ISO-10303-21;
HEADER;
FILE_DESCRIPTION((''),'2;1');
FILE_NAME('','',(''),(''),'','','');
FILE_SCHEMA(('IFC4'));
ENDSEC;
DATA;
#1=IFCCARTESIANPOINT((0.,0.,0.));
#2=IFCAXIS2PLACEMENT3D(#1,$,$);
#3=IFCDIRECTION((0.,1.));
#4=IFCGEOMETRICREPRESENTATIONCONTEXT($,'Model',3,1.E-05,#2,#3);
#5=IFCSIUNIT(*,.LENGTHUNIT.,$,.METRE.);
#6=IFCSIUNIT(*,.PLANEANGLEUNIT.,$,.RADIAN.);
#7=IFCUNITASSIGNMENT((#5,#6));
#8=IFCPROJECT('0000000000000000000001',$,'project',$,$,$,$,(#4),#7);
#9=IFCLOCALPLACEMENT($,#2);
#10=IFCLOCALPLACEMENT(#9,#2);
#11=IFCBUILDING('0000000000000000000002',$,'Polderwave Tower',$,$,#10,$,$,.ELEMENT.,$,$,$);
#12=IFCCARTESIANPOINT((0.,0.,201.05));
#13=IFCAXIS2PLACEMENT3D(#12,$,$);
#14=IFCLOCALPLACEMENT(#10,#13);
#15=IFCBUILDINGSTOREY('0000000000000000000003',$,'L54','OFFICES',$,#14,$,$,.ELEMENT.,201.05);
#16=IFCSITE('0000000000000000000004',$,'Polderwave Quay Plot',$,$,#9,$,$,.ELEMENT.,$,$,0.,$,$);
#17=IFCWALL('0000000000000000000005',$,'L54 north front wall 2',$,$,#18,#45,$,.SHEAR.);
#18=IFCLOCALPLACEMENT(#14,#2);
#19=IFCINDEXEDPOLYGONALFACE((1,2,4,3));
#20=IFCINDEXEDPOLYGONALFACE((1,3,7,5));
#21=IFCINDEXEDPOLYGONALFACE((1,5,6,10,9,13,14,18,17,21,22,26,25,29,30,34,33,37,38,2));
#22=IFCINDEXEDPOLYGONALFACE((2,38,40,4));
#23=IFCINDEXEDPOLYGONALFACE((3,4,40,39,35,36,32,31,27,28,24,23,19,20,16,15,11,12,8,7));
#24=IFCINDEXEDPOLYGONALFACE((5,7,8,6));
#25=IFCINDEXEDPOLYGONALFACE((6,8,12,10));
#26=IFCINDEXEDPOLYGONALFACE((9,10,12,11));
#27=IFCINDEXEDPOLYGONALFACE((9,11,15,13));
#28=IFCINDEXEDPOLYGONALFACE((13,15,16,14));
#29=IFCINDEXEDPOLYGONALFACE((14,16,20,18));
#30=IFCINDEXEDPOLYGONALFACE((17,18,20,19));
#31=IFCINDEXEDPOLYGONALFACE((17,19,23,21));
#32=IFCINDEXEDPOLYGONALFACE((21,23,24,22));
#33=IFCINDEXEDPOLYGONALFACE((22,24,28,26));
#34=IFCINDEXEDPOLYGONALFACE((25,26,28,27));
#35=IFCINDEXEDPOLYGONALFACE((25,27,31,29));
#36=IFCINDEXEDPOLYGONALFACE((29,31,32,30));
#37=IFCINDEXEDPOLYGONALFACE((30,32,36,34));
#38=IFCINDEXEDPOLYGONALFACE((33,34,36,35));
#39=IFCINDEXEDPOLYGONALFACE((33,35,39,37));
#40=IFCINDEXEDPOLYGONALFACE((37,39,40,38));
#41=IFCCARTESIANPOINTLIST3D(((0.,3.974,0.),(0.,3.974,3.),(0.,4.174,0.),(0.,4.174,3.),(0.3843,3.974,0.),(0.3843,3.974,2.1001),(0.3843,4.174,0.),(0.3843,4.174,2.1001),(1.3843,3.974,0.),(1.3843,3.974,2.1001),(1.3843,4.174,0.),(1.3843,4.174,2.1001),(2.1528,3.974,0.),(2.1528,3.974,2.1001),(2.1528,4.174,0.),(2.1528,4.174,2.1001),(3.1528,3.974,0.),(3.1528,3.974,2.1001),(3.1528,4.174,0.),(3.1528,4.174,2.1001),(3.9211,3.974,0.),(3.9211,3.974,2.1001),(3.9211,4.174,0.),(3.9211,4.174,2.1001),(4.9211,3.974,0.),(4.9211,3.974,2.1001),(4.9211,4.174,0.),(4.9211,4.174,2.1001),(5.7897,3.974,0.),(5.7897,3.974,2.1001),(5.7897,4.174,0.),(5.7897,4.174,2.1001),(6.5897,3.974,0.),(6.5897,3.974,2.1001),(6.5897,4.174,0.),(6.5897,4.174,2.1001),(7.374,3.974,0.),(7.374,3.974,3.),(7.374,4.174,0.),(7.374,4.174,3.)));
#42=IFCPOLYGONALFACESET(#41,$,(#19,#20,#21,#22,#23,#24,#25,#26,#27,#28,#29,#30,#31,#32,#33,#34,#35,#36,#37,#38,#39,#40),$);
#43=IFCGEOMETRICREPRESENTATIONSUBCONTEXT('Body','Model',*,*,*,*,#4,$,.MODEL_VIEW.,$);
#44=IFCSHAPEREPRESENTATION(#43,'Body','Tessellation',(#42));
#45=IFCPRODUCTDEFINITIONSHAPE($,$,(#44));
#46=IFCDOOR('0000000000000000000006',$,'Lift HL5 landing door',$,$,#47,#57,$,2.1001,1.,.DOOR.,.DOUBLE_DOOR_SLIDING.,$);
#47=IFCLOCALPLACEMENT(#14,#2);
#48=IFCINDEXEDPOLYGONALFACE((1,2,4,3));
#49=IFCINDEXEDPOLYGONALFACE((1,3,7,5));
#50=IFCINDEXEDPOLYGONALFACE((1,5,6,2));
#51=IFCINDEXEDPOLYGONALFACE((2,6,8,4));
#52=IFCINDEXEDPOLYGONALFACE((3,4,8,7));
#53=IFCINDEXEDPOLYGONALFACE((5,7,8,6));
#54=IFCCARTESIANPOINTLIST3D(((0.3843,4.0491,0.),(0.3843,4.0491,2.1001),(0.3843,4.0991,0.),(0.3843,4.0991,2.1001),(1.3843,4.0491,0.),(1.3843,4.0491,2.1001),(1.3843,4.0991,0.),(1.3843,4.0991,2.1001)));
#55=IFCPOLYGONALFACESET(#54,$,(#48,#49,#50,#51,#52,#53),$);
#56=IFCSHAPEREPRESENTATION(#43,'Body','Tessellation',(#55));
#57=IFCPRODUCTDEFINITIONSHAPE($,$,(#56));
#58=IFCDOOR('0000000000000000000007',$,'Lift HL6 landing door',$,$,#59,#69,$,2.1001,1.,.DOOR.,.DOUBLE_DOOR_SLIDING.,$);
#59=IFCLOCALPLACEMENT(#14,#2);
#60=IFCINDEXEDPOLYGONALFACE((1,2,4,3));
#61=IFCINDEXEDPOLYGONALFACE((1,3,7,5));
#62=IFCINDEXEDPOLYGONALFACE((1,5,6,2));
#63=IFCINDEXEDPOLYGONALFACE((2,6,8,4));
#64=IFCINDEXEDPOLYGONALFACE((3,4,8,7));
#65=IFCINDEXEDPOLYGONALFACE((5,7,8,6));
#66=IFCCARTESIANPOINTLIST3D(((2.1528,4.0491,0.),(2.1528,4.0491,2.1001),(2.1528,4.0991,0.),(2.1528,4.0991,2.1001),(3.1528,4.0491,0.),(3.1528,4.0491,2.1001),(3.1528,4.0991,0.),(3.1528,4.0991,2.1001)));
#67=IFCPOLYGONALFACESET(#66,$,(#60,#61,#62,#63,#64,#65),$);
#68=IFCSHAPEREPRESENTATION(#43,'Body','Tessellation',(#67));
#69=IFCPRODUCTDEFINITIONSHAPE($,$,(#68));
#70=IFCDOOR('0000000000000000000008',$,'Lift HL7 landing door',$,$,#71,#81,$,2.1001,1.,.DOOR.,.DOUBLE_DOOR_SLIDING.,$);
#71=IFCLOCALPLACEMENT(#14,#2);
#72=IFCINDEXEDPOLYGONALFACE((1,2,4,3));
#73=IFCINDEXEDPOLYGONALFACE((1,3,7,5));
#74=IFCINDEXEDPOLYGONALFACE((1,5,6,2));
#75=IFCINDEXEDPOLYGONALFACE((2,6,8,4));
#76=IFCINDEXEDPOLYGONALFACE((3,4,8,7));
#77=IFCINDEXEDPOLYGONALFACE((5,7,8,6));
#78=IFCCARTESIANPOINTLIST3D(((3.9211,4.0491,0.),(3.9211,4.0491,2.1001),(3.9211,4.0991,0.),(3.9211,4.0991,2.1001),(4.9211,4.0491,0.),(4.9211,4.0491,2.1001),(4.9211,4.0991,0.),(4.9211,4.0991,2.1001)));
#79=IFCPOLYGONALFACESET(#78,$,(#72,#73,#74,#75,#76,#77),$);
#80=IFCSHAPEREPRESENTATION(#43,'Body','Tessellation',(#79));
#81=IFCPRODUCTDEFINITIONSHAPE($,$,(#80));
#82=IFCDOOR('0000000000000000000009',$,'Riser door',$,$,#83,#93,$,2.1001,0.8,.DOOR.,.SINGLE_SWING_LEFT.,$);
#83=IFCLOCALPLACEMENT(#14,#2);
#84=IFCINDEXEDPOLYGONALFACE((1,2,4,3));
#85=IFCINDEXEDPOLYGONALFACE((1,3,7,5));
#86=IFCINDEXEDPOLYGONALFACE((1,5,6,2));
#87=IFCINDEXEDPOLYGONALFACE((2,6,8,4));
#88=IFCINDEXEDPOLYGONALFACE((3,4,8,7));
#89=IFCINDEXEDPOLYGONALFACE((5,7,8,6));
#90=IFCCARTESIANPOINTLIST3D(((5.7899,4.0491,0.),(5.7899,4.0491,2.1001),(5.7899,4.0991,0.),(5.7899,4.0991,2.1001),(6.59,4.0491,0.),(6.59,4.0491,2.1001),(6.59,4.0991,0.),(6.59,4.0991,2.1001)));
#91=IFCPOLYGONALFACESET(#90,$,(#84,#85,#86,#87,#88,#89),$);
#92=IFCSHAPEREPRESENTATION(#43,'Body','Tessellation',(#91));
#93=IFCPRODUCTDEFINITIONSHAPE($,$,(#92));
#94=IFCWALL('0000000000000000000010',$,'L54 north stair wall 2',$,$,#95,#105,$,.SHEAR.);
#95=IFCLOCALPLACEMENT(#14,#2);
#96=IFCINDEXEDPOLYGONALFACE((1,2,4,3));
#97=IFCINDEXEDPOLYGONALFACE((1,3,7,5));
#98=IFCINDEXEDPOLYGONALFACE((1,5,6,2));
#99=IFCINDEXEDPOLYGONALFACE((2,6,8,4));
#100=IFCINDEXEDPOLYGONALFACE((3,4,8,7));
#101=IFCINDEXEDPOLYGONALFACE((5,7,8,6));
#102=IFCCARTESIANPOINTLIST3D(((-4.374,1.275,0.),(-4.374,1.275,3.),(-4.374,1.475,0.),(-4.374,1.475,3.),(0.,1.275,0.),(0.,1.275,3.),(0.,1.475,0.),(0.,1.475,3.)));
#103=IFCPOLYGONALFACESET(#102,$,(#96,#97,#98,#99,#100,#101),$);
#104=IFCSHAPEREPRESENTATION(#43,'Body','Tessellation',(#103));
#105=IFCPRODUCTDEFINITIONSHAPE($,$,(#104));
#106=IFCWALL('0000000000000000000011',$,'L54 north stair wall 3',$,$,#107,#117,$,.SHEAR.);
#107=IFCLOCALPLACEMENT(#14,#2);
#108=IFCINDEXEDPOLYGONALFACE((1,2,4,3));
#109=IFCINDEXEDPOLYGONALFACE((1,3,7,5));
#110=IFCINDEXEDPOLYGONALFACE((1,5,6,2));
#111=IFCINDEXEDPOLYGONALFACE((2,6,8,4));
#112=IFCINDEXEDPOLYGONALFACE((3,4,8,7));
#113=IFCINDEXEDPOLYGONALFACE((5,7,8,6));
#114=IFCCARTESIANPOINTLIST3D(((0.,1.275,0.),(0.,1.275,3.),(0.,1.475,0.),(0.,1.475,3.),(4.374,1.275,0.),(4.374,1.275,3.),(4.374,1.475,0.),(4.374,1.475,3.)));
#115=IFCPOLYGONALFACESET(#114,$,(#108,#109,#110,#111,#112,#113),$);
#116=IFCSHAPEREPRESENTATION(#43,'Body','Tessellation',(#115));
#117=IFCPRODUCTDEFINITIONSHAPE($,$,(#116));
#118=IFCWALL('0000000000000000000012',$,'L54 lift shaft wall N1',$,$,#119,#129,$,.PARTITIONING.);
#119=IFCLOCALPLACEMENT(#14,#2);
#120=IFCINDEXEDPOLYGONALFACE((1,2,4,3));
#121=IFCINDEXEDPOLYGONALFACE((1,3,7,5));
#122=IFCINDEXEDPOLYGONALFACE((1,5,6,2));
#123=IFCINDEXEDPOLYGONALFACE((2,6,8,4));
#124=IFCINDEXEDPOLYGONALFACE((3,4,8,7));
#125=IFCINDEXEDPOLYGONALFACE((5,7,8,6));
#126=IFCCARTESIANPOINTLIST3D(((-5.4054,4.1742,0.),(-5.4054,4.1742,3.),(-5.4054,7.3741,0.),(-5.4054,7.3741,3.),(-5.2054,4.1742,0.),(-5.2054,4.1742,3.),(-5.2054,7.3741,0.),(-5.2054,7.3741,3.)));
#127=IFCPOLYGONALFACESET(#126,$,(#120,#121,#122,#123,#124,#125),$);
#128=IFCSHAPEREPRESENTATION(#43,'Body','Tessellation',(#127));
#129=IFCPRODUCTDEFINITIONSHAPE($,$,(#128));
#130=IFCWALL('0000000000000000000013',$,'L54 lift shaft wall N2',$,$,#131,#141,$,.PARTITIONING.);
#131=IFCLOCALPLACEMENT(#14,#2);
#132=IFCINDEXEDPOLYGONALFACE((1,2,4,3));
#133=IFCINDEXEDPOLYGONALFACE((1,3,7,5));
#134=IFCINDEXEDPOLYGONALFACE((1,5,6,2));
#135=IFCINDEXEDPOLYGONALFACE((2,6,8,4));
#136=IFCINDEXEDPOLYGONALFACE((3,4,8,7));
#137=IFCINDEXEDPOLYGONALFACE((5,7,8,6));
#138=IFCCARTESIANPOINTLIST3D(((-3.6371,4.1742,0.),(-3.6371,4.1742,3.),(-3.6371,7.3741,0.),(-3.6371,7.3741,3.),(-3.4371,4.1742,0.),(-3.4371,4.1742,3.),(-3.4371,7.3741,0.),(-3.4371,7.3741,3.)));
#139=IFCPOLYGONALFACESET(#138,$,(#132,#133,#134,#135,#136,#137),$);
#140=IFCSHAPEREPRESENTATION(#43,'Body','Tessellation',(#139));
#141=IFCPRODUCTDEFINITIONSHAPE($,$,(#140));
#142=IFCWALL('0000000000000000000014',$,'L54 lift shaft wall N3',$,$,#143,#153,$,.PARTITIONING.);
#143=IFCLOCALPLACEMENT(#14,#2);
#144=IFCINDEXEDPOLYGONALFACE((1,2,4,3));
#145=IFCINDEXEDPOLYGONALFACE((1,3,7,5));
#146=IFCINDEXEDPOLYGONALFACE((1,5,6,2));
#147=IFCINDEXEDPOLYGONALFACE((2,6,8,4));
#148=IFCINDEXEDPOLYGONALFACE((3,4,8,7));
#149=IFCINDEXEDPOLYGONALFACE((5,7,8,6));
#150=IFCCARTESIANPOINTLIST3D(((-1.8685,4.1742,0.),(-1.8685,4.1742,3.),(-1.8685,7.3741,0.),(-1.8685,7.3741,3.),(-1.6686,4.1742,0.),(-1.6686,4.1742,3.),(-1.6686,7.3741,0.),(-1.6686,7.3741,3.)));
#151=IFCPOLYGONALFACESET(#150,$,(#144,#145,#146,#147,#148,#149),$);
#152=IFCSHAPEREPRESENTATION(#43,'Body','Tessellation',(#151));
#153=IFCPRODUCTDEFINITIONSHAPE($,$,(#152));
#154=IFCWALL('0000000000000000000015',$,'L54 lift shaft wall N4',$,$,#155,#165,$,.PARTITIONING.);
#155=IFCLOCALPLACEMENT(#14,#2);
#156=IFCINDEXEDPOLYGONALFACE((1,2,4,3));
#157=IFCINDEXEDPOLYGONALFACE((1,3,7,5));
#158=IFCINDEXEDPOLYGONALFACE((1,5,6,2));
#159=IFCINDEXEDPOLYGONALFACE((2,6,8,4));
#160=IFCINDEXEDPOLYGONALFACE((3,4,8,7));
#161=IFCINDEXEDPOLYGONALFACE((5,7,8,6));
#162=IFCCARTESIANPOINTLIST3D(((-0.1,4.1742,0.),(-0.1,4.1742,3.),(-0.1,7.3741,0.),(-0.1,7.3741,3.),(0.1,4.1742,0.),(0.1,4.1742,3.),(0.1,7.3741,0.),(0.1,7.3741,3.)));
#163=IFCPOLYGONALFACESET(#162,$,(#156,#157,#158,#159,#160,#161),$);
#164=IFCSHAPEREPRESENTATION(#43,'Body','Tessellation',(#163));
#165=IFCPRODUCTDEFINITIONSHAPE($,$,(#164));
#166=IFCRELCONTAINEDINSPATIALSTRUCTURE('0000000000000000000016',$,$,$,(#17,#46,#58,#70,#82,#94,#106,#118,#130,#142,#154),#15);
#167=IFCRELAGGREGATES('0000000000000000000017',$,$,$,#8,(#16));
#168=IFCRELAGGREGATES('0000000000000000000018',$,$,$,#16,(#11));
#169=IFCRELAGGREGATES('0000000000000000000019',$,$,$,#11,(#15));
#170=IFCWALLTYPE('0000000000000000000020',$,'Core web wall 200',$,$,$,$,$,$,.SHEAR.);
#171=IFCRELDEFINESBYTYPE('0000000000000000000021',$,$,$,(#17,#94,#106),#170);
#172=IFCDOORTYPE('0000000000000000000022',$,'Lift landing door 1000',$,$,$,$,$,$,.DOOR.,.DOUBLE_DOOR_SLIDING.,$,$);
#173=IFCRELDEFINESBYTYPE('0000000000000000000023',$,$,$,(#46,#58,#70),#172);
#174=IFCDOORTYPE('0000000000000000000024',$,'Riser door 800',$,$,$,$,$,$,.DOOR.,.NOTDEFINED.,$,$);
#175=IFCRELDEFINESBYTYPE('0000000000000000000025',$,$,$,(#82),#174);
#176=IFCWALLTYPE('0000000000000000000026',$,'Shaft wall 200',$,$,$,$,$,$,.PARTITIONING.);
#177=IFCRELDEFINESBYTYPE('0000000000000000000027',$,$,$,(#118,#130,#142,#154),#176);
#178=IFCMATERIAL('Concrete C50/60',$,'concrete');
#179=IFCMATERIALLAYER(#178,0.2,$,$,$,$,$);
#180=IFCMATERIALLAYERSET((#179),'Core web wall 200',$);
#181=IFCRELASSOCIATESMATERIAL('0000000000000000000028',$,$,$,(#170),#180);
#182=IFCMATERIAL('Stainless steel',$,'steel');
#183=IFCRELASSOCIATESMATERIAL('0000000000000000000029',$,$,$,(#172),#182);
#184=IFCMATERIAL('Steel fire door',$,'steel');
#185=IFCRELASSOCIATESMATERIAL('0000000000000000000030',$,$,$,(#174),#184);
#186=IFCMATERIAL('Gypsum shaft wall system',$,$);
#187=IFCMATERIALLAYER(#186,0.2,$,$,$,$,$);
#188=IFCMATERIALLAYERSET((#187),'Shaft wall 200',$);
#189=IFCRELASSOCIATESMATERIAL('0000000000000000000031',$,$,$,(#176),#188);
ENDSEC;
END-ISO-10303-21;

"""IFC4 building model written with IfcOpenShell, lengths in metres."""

from ifc_helpers import new_model, si_unit, direction, frame, frame_2d, origin, place, context, subcontext, project, spatial, rectangle, extrude, material, layer, layer_set, type_object, element, fill, save


model = new_model("IFC4")

# Units and contexts
model_context = context("Model", 3, precision=1e-05, world=origin(), true_north=direction((0.0, 1.0)))
body_context = subcontext(model_context, "Body", "Model", "MODEL_VIEW")
ifc_project = project(units=[si_unit("LENGTHUNIT", "METRE"), si_unit("PLANEANGLEUNIT", "RADIAN")], contexts=[model_context])

# Site, building, storey
site_placement = place(None, origin())
site = spatial("IfcSite", under=ifc_project, at=site_placement, Name="Polderwave Quay Plot", CompositionType="ELEMENT", RefElevation=0.0)
building_placement = place(site_placement, origin())
building = spatial("IfcBuilding", under=site, at=building_placement, Name="Polderwave Tower", CompositionType="ELEMENT")
storey_placement = place(building_placement, frame((0.0, 0.0, 201.05)))
storey = spatial("IfcBuildingStorey", under=building, at=storey_placement, Name="L54", Description="OFFICES", CompositionType="ELEMENT", Elevation=201.05)

# Wall, openings, doors
ifc_material_1 = material(Name="Concrete C50/60", Category="concrete")
ifc_layer_1 = layer(ifc_material_1, 0.2)
ifc_layer_set_1 = layer_set([ifc_layer_1], Name="Core web wall 200")
wall_type_1 = type_object("IfcWallType", Name="Core web wall 200", PredefinedType="SHEAR", material=ifc_layer_set_1)
wall_placement = place(storey_placement, frame((0.0, 4.074, 0.0), z_axis=(0.0, 0.0, 1.0), x_axis=(1.0, 0.0, 0.0)))
wall = element("IfcWall", 1, at=wall_placement, inside=storey, type_object=wall_type_1, Name="L54 north front wall 2", PredefinedType="SHEAR", context=body_context, shape_type="SweptSolid", body=[
    extrude(rectangle(XDim=7.374, YDim=0.2, at=frame_2d((3.687, 0.0))), origin(), (0.0, 0.0, 1.0), 3.0),
])
opening_1_placement = place(wall_placement, frame((0.3843, 0.0, 0.0)))
opening_1 = element("IfcOpeningElement", 2, at=opening_1_placement, cuts=wall, PredefinedType="OPENING", context=body_context, shape_type="SweptSolid", body=[
    extrude(rectangle(XDim=1.0, YDim=2.1001, at=frame_2d((0.5, 1.05))), frame((0.0, 0.1099, 0.0), z_axis=(0.0, -1.0, 0.0), x_axis=(1.0, 0.0, 0.0)), (0.0, 0.0, 1.0), 0.22),
])
opening_2_placement = place(wall_placement, frame((2.1528, 0.0, 0.0)))
opening_2 = element("IfcOpeningElement", 3, at=opening_2_placement, cuts=wall, PredefinedType="OPENING", context=body_context, shape_type="SweptSolid", body=[
    extrude(rectangle(XDim=1.0, YDim=2.1001, at=frame_2d((0.5, 1.05))), frame((0.0, 0.1099, 0.0), z_axis=(0.0, -1.0, 0.0), x_axis=(1.0, 0.0, 0.0)), (0.0, 0.0, 1.0), 0.22),
])
opening_3_placement = place(wall_placement, frame((3.9211, 0.0, 0.0)))
opening_3 = element("IfcOpeningElement", 4, at=opening_3_placement, cuts=wall, PredefinedType="OPENING", context=body_context, shape_type="SweptSolid", body=[
    extrude(rectangle(XDim=1.0, YDim=2.1001, at=frame_2d((0.5, 1.05))), frame((0.0, 0.1099, 0.0), z_axis=(0.0, -1.0, 0.0), x_axis=(1.0, 0.0, 0.0)), (0.0, 0.0, 1.0), 0.22),
])
opening_4_placement = place(wall_placement, frame((5.7898, 0.0, 0.0)))
opening_4 = element("IfcOpeningElement", 5, at=opening_4_placement, cuts=wall, PredefinedType="OPENING", context=body_context, shape_type="SweptSolid", body=[
    extrude(rectangle(XDim=0.8, YDim=2.1001, at=frame_2d((0.3999, 1.05))), frame((0.0, 0.1099, 0.0), z_axis=(0.0, -1.0, 0.0), x_axis=(1.0, 0.0, 0.0)), (0.0, 0.0, 1.0), 0.22),
])
ifc_material_2 = material(Name="Stainless steel", Category="steel")
door_type_1 = type_object("IfcDoorType", Name="Lift landing door 1000", OperationType="DOUBLE_DOOR_SLIDING", PredefinedType="DOOR", material=ifc_material_2)
door_1_placement = place(opening_1_placement, frame((1.0, 0.0, 0.0), z_axis=(0.0, 0.0, 1.0), x_axis=(-1.0, 0.0, 0.0)))
door_1 = element("IfcDoor", 6, at=door_1_placement, inside=storey, type_object=door_type_1, Name="Lift HL5 landing door", OperationType="DOUBLE_DOOR_SLIDING", OverallHeight=2.1001, OverallWidth=1.0, PredefinedType="DOOR", context=body_context, shape_type="SweptSolid", body=[
    extrude(rectangle(XDim=1.0, YDim=2.1001, at=frame_2d((0.5, 1.05))), frame((0.0, 0.0249, 0.0), z_axis=(0.0, -1.0, 0.0), x_axis=(1.0, 0.0, 0.0)), (0.0, 0.0, 1.0), 0.05),
])
fill(opening_1, door_1)
door_2_placement = place(opening_2_placement, frame((1.0, 0.0, 0.0), z_axis=(0.0, 0.0, 1.0), x_axis=(-1.0, 0.0, 0.0)))
door_2 = element("IfcDoor", 7, at=door_2_placement, inside=storey, type_object=door_type_1, Name="Lift HL6 landing door", OperationType="DOUBLE_DOOR_SLIDING", OverallHeight=2.1001, OverallWidth=1.0, PredefinedType="DOOR", context=body_context, shape_type="SweptSolid", body=[
    extrude(rectangle(XDim=1.0, YDim=2.1001, at=frame_2d((0.5, 1.05))), frame((0.0, 0.0249, 0.0), z_axis=(0.0, -1.0, 0.0), x_axis=(1.0, 0.0, 0.0)), (0.0, 0.0, 1.0), 0.05),
])
fill(opening_2, door_2)
door_3_placement = place(opening_3_placement, frame((1.0, 0.0, 0.0), z_axis=(0.0, 0.0, 1.0), x_axis=(-1.0, 0.0, 0.0)))
door_3 = element("IfcDoor", 8, at=door_3_placement, inside=storey, type_object=door_type_1, Name="Lift HL7 landing door", OperationType="DOUBLE_DOOR_SLIDING", OverallHeight=2.1001, OverallWidth=1.0, PredefinedType="DOOR", context=body_context, shape_type="SweptSolid", body=[
    extrude(rectangle(XDim=1.0, YDim=2.1001, at=frame_2d((0.5, 1.05))), frame((0.0, 0.0249, 0.0), z_axis=(0.0, -1.0, 0.0), x_axis=(1.0, 0.0, 0.0)), (0.0, 0.0, 1.0), 0.05),
])
fill(opening_3, door_3)
ifc_material_3 = material(Name="Steel fire door", Category="steel")
door_type_2 = type_object("IfcDoorType", Name="Riser door 800", OperationType="NOTDEFINED", PredefinedType="DOOR", material=ifc_material_3)
door_4_placement = place(opening_4_placement, frame((0.8, 0.0, 0.0), z_axis=(0.0, 0.0, 1.0), x_axis=(-1.0, 0.0, 0.0)))
door_4 = element("IfcDoor", 9, at=door_4_placement, inside=storey, type_object=door_type_2, Name="Riser door", OperationType="SINGLE_SWING_LEFT", OverallHeight=2.1001, OverallWidth=0.8, PredefinedType="DOOR", context=body_context, shape_type="SweptSolid", body=[
    extrude(rectangle(XDim=0.8, YDim=2.1001, at=frame_2d((0.3999, 1.05))), frame((0.0, 0.0249, 0.0), z_axis=(0.0, -1.0, 0.0), x_axis=(1.0, 0.0, 0.0)), (0.0, 0.0, 1.0), 0.05),
])
fill(opening_4, door_4)

# Walls
for number, where, z_axis, x_axis, name in (
    (10, (-4.374, 1.375, 0.0), (0.0, 0.0, 1.0), (1.0, 0.0, 0.0), "L54 north stair wall 2"),
    (11, (0.0, 1.375, 0.0), (0.0, 0.0, 1.0), (1.0, 0.0, 0.0), "L54 north stair wall 3"),
):
    element("IfcWall", number, at=place(storey_placement, frame(where, z_axis=z_axis, x_axis=x_axis)), inside=storey, type_object=wall_type_1, Name=name, PredefinedType="SHEAR", context=body_context, shape_type="SweptSolid", body=[
        extrude(rectangle(XDim=4.374, YDim=0.2, at=frame_2d((2.187, 0.0))), origin(), (0.0, 0.0, 1.0), 3.0),
    ])
ifc_material_4 = material(Name="Gypsum shaft wall system")
ifc_layer_2 = layer(ifc_material_4, 0.2)
ifc_layer_set_2 = layer_set([ifc_layer_2], Name="Shaft wall 200")
wall_type_2 = type_object("IfcWallType", Name="Shaft wall 200", PredefinedType="PARTITIONING", material=ifc_layer_set_2)
for number, where, z_axis, x_axis, name in (
    (12, (-5.3054, 4.1741, 0.0), (0.0, 0.0, 1.0), (0.0, 1.0, 0.0), "L54 lift shaft wall N1"),
    (13, (-3.5371, 4.1741, 0.0), (0.0, 0.0, 1.0), (0.0, 1.0, 0.0), "L54 lift shaft wall N2"),
    (14, (-1.7686, 4.1741, 0.0), (0.0, 0.0, 1.0), (0.0, 1.0, 0.0), "L54 lift shaft wall N3"),
    (15, (0.0, 4.1741, 0.0), (0.0, 0.0, 1.0), (0.0, 1.0, 0.0), "L54 lift shaft wall N4"),
):
    element("IfcWall", number, at=place(storey_placement, frame(where, z_axis=z_axis, x_axis=x_axis)), inside=storey, type_object=wall_type_2, Name=name, PredefinedType="PARTITIONING", context=body_context, shape_type="SweptSolid", body=[
        extrude(rectangle(XDim=3.2, YDim=0.2, at=frame_2d((1.6001, 0.0))), origin(), (0.0, 0.0, 1.0), 3.0),
    ])

save(model, "model.ifc")
